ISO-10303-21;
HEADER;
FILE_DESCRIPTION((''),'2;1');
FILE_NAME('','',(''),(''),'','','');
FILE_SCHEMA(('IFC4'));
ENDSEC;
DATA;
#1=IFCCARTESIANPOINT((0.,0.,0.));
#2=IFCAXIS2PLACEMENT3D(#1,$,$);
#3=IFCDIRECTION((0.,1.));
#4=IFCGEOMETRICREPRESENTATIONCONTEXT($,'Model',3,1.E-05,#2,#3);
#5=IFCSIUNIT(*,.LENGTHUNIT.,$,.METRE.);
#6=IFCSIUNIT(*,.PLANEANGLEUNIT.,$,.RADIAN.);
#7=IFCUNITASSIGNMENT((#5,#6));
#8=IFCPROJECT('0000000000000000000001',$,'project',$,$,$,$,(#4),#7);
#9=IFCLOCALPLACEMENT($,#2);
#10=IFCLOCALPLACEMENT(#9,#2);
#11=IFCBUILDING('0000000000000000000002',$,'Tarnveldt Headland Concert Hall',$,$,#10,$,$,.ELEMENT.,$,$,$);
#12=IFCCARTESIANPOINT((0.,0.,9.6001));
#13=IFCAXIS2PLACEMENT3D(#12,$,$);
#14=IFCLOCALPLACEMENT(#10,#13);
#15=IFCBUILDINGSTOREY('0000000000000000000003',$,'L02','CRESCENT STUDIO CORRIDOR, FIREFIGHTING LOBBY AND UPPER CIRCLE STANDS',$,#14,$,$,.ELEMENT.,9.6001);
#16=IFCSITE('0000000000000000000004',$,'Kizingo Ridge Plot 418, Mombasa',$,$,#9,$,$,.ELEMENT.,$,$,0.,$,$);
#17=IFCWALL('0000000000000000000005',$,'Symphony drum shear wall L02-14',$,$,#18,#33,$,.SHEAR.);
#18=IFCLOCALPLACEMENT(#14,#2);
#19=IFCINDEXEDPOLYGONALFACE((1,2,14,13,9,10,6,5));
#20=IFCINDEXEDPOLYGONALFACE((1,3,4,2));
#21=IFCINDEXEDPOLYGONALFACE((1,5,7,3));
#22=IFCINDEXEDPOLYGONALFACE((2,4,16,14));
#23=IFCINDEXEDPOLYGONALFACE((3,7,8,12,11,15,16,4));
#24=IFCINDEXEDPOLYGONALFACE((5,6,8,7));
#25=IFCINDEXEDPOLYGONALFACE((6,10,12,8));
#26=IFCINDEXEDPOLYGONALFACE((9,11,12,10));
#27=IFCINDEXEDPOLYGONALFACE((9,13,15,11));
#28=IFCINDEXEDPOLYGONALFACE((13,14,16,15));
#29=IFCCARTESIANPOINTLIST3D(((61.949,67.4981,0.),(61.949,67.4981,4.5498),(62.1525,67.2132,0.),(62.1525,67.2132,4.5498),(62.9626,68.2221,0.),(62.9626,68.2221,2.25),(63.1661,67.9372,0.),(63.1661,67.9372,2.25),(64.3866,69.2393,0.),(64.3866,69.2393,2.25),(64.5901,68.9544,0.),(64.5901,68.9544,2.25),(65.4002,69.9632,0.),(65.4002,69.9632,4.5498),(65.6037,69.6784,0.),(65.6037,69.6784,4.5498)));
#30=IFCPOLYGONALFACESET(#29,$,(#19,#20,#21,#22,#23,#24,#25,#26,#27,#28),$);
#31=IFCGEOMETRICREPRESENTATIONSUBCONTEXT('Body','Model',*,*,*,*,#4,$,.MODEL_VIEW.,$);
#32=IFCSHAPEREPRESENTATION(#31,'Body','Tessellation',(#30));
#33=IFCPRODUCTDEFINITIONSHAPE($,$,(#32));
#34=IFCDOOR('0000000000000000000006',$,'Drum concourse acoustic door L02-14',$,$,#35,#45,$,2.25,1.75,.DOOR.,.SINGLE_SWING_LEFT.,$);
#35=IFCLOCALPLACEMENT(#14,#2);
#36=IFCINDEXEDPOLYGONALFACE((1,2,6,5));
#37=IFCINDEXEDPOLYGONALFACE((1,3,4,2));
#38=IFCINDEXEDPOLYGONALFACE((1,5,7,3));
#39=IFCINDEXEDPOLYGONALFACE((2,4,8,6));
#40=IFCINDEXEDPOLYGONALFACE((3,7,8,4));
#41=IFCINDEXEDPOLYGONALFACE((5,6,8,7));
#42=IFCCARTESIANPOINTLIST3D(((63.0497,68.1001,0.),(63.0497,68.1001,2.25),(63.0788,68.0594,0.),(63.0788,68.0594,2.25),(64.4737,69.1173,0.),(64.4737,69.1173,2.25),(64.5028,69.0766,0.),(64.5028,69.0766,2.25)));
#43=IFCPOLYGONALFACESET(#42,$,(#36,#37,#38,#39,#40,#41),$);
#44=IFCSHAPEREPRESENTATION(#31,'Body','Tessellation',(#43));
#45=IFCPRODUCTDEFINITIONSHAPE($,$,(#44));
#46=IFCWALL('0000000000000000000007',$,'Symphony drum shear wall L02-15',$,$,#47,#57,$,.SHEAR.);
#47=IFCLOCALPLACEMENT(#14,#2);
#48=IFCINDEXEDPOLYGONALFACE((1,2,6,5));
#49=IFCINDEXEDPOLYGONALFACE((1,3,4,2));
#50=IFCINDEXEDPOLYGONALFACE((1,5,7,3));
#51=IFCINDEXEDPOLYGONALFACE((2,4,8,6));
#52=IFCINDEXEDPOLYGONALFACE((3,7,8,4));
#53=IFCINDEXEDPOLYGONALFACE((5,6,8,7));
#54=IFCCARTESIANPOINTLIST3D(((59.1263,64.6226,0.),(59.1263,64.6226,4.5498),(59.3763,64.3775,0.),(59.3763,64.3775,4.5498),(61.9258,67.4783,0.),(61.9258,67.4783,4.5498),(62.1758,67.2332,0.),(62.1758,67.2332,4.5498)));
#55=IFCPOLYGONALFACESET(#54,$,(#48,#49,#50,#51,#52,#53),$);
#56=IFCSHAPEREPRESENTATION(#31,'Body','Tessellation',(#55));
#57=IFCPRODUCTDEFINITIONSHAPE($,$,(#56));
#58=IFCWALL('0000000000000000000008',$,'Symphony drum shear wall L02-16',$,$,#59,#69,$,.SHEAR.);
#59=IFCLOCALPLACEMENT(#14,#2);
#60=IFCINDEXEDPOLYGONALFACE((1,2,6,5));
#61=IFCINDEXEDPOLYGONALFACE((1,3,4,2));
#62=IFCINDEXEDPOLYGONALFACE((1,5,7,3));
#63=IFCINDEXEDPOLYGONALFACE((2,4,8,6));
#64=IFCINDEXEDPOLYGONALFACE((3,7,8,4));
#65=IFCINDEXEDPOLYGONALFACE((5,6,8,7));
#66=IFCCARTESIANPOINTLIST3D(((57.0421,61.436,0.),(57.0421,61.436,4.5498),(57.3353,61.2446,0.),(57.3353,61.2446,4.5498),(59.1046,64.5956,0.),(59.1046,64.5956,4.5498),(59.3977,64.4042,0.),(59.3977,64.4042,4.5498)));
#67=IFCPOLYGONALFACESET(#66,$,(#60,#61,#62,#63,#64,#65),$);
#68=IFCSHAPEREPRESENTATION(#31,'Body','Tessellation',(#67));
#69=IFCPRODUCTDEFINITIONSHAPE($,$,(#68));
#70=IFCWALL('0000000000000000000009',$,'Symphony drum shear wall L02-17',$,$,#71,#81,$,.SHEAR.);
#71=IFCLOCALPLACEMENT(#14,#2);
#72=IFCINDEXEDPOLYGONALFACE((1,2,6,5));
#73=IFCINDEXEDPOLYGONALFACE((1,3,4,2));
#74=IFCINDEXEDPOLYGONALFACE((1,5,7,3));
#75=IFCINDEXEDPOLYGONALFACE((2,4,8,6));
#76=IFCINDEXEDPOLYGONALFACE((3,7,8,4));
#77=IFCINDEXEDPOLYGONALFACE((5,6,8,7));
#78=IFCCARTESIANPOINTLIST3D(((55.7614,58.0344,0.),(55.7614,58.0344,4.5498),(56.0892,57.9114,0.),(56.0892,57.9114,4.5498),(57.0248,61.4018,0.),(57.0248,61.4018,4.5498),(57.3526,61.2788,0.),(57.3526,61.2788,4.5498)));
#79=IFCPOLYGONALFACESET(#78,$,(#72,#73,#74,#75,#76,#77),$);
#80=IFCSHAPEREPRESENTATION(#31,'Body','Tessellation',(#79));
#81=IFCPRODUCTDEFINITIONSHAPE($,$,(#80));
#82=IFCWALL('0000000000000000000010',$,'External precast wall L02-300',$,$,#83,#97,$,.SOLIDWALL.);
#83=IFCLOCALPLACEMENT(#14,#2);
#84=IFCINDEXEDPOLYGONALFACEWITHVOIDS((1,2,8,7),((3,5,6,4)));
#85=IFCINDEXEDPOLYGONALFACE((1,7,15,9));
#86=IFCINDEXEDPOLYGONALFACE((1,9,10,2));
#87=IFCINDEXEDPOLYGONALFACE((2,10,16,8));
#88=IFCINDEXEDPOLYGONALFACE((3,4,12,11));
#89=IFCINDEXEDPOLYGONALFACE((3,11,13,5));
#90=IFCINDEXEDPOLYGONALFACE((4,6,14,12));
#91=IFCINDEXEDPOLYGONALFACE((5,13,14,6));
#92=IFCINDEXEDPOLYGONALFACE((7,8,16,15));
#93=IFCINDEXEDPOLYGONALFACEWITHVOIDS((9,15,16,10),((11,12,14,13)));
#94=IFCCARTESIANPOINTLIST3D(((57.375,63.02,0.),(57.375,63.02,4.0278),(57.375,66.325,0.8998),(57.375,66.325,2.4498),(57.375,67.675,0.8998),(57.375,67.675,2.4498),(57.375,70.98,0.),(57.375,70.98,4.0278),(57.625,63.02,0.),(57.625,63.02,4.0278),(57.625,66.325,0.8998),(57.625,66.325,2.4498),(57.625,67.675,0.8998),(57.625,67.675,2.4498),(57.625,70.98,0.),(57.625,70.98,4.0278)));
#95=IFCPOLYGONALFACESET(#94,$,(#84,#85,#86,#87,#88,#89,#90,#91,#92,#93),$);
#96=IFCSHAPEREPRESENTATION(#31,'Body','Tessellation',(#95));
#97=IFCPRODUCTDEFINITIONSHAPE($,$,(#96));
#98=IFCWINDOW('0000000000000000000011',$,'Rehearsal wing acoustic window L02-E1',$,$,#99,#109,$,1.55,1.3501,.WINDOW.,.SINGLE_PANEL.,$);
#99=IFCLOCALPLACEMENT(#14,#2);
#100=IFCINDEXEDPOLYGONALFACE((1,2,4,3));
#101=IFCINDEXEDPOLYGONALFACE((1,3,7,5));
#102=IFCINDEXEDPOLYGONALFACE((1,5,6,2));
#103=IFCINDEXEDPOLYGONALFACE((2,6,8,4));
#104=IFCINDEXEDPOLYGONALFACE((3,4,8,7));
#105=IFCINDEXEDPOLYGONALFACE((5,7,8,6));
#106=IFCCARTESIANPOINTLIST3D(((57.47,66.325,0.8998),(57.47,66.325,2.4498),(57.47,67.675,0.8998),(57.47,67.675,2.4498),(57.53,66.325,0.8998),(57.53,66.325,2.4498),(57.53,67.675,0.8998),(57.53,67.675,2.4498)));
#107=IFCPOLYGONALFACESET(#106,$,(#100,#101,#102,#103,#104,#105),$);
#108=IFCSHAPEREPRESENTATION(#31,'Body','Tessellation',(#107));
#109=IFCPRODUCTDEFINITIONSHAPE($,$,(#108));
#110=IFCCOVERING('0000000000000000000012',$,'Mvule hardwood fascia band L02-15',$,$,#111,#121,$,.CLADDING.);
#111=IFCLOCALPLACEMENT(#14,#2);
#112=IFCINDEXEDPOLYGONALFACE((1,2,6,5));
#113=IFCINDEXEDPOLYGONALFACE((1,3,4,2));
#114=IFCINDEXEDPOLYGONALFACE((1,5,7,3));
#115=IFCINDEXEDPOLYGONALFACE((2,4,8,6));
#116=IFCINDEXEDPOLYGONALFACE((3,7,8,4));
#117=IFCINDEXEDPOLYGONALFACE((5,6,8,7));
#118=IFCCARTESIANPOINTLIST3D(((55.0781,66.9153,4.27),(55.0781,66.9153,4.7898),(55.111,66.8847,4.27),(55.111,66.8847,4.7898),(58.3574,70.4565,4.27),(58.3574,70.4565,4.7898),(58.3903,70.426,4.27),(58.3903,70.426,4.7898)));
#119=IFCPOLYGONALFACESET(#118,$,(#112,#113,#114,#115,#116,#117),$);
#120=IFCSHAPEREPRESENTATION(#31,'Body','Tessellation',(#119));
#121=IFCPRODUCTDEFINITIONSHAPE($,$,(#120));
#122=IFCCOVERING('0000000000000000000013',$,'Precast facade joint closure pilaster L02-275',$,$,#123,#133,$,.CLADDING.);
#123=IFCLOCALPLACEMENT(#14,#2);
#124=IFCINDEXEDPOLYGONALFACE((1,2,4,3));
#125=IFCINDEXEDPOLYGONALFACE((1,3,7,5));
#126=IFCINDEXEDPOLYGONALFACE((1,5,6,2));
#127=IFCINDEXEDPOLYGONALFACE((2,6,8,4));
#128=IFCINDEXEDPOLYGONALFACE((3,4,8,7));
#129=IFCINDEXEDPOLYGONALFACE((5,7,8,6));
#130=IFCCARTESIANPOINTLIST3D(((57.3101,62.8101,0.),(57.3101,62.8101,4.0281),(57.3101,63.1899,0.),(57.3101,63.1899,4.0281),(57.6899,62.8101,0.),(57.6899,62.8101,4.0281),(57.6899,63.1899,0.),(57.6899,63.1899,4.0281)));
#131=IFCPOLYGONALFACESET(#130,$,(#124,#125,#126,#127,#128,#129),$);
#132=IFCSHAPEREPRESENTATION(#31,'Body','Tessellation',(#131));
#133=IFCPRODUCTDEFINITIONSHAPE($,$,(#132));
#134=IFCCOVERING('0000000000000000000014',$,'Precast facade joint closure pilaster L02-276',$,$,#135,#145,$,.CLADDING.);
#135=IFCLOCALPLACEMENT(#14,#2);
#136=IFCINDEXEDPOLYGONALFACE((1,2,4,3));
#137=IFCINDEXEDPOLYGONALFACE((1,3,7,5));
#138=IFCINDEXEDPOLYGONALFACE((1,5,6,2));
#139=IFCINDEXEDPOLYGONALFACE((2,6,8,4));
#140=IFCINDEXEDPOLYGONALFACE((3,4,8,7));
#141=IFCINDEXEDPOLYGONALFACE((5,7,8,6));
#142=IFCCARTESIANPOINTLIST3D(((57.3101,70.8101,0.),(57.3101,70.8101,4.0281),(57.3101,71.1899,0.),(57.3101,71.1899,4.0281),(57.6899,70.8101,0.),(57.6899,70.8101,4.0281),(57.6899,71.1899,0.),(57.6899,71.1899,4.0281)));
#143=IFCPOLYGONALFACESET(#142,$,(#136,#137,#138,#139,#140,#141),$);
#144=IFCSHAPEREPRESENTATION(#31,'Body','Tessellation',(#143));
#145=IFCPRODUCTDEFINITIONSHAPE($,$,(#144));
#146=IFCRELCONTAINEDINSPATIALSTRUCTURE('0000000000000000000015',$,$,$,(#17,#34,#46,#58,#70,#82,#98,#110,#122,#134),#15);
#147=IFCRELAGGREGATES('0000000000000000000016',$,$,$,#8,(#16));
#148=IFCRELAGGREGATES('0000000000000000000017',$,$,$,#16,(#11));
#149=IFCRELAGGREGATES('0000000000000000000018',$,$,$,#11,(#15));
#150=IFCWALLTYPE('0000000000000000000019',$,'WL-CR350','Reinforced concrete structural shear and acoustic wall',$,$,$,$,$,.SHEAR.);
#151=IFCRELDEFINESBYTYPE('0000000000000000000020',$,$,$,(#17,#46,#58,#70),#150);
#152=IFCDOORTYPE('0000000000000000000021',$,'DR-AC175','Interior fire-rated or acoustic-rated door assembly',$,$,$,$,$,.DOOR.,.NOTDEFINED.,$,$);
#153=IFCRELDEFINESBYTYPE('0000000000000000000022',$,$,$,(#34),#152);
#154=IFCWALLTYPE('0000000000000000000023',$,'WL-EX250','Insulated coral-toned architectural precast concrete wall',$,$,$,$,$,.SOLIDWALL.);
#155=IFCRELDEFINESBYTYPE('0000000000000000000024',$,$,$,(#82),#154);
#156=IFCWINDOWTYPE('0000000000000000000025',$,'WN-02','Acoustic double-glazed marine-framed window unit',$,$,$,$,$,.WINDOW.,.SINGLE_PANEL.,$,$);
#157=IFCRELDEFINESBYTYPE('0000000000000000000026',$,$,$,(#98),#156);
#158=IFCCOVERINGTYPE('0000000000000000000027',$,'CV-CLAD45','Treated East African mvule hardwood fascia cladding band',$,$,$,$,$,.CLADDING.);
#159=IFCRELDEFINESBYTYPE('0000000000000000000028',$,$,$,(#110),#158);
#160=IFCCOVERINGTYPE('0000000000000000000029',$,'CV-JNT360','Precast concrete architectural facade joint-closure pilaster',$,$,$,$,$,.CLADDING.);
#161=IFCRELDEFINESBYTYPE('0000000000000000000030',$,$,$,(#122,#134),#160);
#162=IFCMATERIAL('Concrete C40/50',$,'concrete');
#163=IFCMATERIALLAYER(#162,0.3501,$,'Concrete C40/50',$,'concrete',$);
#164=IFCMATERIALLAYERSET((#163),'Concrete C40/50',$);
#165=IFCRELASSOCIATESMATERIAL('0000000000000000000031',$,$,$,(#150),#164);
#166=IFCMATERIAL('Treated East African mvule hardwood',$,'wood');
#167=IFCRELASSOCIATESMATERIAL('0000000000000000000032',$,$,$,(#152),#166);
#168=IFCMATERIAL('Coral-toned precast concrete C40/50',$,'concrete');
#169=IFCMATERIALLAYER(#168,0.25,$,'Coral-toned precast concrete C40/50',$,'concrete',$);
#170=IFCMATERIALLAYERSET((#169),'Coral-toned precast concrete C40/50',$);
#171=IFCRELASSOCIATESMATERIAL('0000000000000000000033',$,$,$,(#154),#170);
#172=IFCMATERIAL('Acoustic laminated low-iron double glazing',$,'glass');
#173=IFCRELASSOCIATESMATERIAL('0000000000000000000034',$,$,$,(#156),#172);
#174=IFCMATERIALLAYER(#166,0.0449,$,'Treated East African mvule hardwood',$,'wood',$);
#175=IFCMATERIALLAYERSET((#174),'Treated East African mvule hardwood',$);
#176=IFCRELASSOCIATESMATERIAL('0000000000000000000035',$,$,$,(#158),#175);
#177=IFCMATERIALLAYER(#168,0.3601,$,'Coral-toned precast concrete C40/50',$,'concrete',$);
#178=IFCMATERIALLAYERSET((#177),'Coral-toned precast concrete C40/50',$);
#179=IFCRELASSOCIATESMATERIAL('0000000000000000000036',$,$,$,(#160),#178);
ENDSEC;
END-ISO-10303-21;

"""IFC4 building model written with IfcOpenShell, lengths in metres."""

from ifc_helpers import new_model, si_unit, direction, frame, frame_2d, origin, origin_2d, place, context, subcontext, project, spatial, rectangle, extrude, material, layer, layer_set, type_object, element, fill, save


model = new_model("IFC4")

# Units and contexts
model_context = context("Model", 3, precision=1e-05, world=origin(), true_north=direction((0.0, 1.0)))
body_context = subcontext(model_context, "Body", "Model", "MODEL_VIEW")
ifc_project = project(units=[si_unit("LENGTHUNIT", "METRE"), si_unit("PLANEANGLEUNIT", "RADIAN")], contexts=[model_context])

# Site, building, storey
site_placement = place(None, origin())
site = spatial("IfcSite", under=ifc_project, at=site_placement, Name="Kizingo Ridge Plot 418, Mombasa", CompositionType="ELEMENT", RefElevation=0.0)
building_placement = place(site_placement, origin())
building = spatial("IfcBuilding", under=site, at=building_placement, Name="Tarnveldt Headland Concert Hall", CompositionType="ELEMENT")
storey_placement = place(building_placement, frame((0.0, 0.0, 9.6001)))
storey = spatial("IfcBuildingStorey", under=building, at=storey_placement, Name="L02", Description="CRESCENT STUDIO CORRIDOR, FIREFIGHTING LOBBY AND UPPER CIRCLE STANDS", CompositionType="ELEMENT", Elevation=9.6001)

# Shared definitions
ifc_material_1 = material(Name="Concrete C40/50", Category="concrete")

# Shared definitions
ifc_material_2 = material(Name="Acoustic laminated low-iron double glazing", Category="glass")

# Wall, opening, door
ifc_layer_1 = layer(ifc_material_1, 0.3501, Name="Concrete C40/50", Category="concrete")
ifc_layer_set_1 = layer_set([ifc_layer_1], Name="Concrete C40/50")
wall_type_1 = type_object("IfcWallType", Name="WL-CR350", Description="Reinforced concrete structural shear and acoustic wall", PredefinedType="SHEAR", material=ifc_layer_set_1)
wall_1_placement = place(storey_placement, frame((65.502, 69.8208, 0.0), z_axis=(0.0, 0.0, 1.0), x_axis=(-0.813737, -0.581233, 0.0)))
wall_1 = element("IfcWall", 1, at=wall_1_placement, inside=storey, type_object=wall_type_1, Name="Symphony drum shear wall L02-14", PredefinedType="SHEAR", context=body_context, shape_type="SweptSolid", body=[
    extrude(rectangle(XDim=4.2412, YDim=0.3501, at=frame_2d((2.1206, 0.0))), origin(), (0.0, 0.0, 1.0), 4.5498),
])
opening_1_placement = place(wall_1_placement, frame((1.2456, 0.0, 0.0)))
opening_1 = element("IfcOpeningElement", 2, at=opening_1_placement, cuts=wall_1, PredefinedType="OPENING", context=body_context, shape_type="SweptSolid", body=[
    extrude(rectangle(XDim=1.75, YDim=2.25, at=frame_2d((0.875, 1.125))), frame((0.0, 0.1851, 0.0), z_axis=(0.0, -1.0, 0.0), x_axis=(1.0, 0.0, 0.0)), (0.0, 0.0, 1.0), 0.3701),
])
ifc_material_3 = material(Name="Treated East African mvule hardwood", Category="wood")
door_type = type_object("IfcDoorType", Name="DR-AC175", Description="Interior fire-rated or acoustic-rated door assembly", OperationType="NOTDEFINED", PredefinedType="DOOR", material=ifc_material_3)
door_placement = place(opening_1_placement, origin())
door = element("IfcDoor", 3, at=door_placement, inside=storey, type_object=door_type, Name="Drum concourse acoustic door L02-14", OperationType="SINGLE_SWING_LEFT", OverallHeight=2.25, OverallWidth=1.75, PredefinedType="DOOR", context=body_context, shape_type="SweptSolid", body=[
    extrude(rectangle(XDim=1.75, YDim=2.25, at=frame_2d((0.875, 1.125))), frame((0.0, 0.0249, 0.0), z_axis=(0.0, -1.0, 0.0), x_axis=(1.0, 0.0, 0.0)), (0.0, 0.0, 1.0), 0.05),
])
fill(opening_1, door)

# Walls
wall_2_placement = place(storey_placement, frame((62.0508, 67.3557, 0.0), z_axis=(0.0, 0.0, 1.0), x_axis=(-0.700051, -0.714093, 0.0)))
element("IfcWall", 4, at=wall_2_placement, inside=storey, type_object=wall_type_1, Name="Symphony drum shear wall L02-15", PredefinedType="SHEAR", context=body_context, shape_type="SweptSolid", body=[
    extrude(rectangle(XDim=3.999, YDim=0.3501, at=frame_2d((1.9995, 0.0))), origin(), (0.0, 0.0, 1.0), 4.5498),
])
wall_3_placement = place(storey_placement, frame((59.2512, 64.5, 0.0), z_axis=(0.0, 0.0, 1.0), x_axis=(-0.546611, -0.837387, 0.0)))
element("IfcWall", 5, at=wall_3_placement, inside=storey, type_object=wall_type_1, Name="Symphony drum shear wall L02-16", PredefinedType="SHEAR", context=body_context, shape_type="SweptSolid", body=[
    extrude(rectangle(XDim=3.7732, YDim=0.3501, at=frame_2d((1.8867, 0.0))), origin(), (0.0, 0.0, 1.0), 4.5498),
])
wall_4_placement = place(storey_placement, frame((57.1887, 61.3403, 0.0), z_axis=(0.0, 0.0, 1.0), x_axis=(-0.35128, -0.936271, 0.0)))
element("IfcWall", 6, at=wall_4_placement, inside=storey, type_object=wall_type_1, Name="Symphony drum shear wall L02-17", PredefinedType="SHEAR", context=body_context, shape_type="SweptSolid", body=[
    extrude(rectangle(XDim=3.5967, YDim=0.3501, at=frame_2d((1.7983, 0.0))), origin(), (0.0, 0.0, 1.0), 4.5498),
])

# Wall, opening, window
ifc_material_4 = material(Name="Coral-toned precast concrete C40/50", Category="concrete")
ifc_layer_2 = layer(ifc_material_4, 0.25, Name="Coral-toned precast concrete C40/50", Category="concrete")
ifc_layer_set_2 = layer_set([ifc_layer_2], Name="Coral-toned precast concrete C40/50")
wall_type_2 = type_object("IfcWallType", Name="WL-EX250", Description="Insulated coral-toned architectural precast concrete wall", PredefinedType="SOLIDWALL", material=ifc_layer_set_2)
wall_5_placement = place(storey_placement, frame((57.5, 70.98, 0.0), z_axis=(0.0, 0.0, 1.0), x_axis=(0.0, -1.0, 0.0)))
wall_5 = element("IfcWall", 7, at=wall_5_placement, inside=storey, type_object=wall_type_2, Name="External precast wall L02-300", PredefinedType="SOLIDWALL", context=body_context, shape_type="SweptSolid", body=[
    extrude(rectangle(XDim=7.96, YDim=0.25, at=frame_2d((3.98, 0.0))), origin(), (0.0, 0.0, 1.0), 4.0278),
])
opening_2_placement = place(wall_5_placement, frame((3.3049, 0.0, 0.8999)))
opening_2 = element("IfcOpeningElement", 8, at=opening_2_placement, cuts=wall_5, PredefinedType="OPENING", context=body_context, shape_type="SweptSolid", body=[
    extrude(rectangle(XDim=1.3501, YDim=1.55, at=frame_2d((0.675, 0.7749))), frame((0.0, 0.135, 0.0), z_axis=(0.0, -1.0, 0.0), x_axis=(1.0, 0.0, 0.0)), (0.0, 0.0, 1.0), 0.27),
])
window_type = type_object("IfcWindowType", Name="WN-02", Description="Acoustic double-glazed marine-framed window unit", PartitioningType="SINGLE_PANEL", PredefinedType="WINDOW", material=ifc_material_2)
window_placement = place(opening_2_placement, origin())
window = element("IfcWindow", 9, at=window_placement, inside=storey, type_object=window_type, Name="Rehearsal wing acoustic window L02-E1", OverallHeight=1.55, OverallWidth=1.3501, PartitioningType="SINGLE_PANEL", PredefinedType="WINDOW", context=body_context, shape_type="SweptSolid", body=[
    extrude(rectangle(XDim=1.3501, YDim=1.55, at=frame_2d((0.675, 0.7749))), frame((0.0, 0.03, 0.0), z_axis=(0.0, -1.0, 0.0), x_axis=(1.0, 0.0, 0.0)), (0.0, 0.0, 1.0), 0.0601),
])
fill(opening_2, window)

# Coverings
ifc_layer_3 = layer(ifc_material_3, 0.0449, Name="Treated East African mvule hardwood", Category="wood")
ifc_layer_set_3 = layer_set([ifc_layer_3], Name="Treated East African mvule hardwood")
covering_type_1 = type_object("IfcCoveringType", Name="CV-CLAD45", Description="Treated East African mvule hardwood fascia cladding band", PredefinedType="CLADDING", material=ifc_layer_set_3)
covering_placement = place(storey_placement, frame((58.3738, 70.4412, 4.27), z_axis=(0.0, 0.0, 1.0), x_axis=(-0.679447, -0.733724, 0.0)))
element("IfcCovering", 10, at=covering_placement, inside=storey, type_object=covering_type_1, Name="Mvule hardwood fascia band L02-15", PredefinedType="CLADDING", context=body_context, shape_type="SweptSolid", body=[
    extrude(rectangle(XDim=4.8264, YDim=0.0449, at=frame_2d((2.4131, 0.0))), origin(), (0.0, 0.0, 1.0), 0.5198),
])
ifc_layer_4 = layer(ifc_material_4, 0.3601, Name="Coral-toned precast concrete C40/50", Category="concrete")
ifc_layer_set_4 = layer_set([ifc_layer_4], Name="Coral-toned precast concrete C40/50")
covering_type_2 = type_object("IfcCoveringType", Name="CV-JNT360", Description="Precast concrete architectural facade joint-closure pilaster", PredefinedType="CLADDING", material=ifc_layer_set_4)
for number, where, z_axis, x_axis, name in (
    (11, (57.5, 63.0, 0.0), (0.0, 0.0, 1.0), (0.0, -1.0, 0.0), "Precast facade joint closure pilaster L02-275"),
    (12, (57.5, 71.0, 0.0), (0.0, 0.0, 1.0), (0.0, -1.0, 0.0), "Precast facade joint closure pilaster L02-276"),
):
    element("IfcCovering", number, at=place(storey_placement, frame(where, z_axis=z_axis, x_axis=x_axis)), inside=storey, type_object=covering_type_2, Name=name, PredefinedType="CLADDING", context=body_context, shape_type="SweptSolid", body=[
        extrude(rectangle(XDim=0.3799, YDim=0.3799, at=origin_2d()), origin(), (0.0, 0.0, 1.0), 4.0281),
    ])

save(model, "model.ifc")
